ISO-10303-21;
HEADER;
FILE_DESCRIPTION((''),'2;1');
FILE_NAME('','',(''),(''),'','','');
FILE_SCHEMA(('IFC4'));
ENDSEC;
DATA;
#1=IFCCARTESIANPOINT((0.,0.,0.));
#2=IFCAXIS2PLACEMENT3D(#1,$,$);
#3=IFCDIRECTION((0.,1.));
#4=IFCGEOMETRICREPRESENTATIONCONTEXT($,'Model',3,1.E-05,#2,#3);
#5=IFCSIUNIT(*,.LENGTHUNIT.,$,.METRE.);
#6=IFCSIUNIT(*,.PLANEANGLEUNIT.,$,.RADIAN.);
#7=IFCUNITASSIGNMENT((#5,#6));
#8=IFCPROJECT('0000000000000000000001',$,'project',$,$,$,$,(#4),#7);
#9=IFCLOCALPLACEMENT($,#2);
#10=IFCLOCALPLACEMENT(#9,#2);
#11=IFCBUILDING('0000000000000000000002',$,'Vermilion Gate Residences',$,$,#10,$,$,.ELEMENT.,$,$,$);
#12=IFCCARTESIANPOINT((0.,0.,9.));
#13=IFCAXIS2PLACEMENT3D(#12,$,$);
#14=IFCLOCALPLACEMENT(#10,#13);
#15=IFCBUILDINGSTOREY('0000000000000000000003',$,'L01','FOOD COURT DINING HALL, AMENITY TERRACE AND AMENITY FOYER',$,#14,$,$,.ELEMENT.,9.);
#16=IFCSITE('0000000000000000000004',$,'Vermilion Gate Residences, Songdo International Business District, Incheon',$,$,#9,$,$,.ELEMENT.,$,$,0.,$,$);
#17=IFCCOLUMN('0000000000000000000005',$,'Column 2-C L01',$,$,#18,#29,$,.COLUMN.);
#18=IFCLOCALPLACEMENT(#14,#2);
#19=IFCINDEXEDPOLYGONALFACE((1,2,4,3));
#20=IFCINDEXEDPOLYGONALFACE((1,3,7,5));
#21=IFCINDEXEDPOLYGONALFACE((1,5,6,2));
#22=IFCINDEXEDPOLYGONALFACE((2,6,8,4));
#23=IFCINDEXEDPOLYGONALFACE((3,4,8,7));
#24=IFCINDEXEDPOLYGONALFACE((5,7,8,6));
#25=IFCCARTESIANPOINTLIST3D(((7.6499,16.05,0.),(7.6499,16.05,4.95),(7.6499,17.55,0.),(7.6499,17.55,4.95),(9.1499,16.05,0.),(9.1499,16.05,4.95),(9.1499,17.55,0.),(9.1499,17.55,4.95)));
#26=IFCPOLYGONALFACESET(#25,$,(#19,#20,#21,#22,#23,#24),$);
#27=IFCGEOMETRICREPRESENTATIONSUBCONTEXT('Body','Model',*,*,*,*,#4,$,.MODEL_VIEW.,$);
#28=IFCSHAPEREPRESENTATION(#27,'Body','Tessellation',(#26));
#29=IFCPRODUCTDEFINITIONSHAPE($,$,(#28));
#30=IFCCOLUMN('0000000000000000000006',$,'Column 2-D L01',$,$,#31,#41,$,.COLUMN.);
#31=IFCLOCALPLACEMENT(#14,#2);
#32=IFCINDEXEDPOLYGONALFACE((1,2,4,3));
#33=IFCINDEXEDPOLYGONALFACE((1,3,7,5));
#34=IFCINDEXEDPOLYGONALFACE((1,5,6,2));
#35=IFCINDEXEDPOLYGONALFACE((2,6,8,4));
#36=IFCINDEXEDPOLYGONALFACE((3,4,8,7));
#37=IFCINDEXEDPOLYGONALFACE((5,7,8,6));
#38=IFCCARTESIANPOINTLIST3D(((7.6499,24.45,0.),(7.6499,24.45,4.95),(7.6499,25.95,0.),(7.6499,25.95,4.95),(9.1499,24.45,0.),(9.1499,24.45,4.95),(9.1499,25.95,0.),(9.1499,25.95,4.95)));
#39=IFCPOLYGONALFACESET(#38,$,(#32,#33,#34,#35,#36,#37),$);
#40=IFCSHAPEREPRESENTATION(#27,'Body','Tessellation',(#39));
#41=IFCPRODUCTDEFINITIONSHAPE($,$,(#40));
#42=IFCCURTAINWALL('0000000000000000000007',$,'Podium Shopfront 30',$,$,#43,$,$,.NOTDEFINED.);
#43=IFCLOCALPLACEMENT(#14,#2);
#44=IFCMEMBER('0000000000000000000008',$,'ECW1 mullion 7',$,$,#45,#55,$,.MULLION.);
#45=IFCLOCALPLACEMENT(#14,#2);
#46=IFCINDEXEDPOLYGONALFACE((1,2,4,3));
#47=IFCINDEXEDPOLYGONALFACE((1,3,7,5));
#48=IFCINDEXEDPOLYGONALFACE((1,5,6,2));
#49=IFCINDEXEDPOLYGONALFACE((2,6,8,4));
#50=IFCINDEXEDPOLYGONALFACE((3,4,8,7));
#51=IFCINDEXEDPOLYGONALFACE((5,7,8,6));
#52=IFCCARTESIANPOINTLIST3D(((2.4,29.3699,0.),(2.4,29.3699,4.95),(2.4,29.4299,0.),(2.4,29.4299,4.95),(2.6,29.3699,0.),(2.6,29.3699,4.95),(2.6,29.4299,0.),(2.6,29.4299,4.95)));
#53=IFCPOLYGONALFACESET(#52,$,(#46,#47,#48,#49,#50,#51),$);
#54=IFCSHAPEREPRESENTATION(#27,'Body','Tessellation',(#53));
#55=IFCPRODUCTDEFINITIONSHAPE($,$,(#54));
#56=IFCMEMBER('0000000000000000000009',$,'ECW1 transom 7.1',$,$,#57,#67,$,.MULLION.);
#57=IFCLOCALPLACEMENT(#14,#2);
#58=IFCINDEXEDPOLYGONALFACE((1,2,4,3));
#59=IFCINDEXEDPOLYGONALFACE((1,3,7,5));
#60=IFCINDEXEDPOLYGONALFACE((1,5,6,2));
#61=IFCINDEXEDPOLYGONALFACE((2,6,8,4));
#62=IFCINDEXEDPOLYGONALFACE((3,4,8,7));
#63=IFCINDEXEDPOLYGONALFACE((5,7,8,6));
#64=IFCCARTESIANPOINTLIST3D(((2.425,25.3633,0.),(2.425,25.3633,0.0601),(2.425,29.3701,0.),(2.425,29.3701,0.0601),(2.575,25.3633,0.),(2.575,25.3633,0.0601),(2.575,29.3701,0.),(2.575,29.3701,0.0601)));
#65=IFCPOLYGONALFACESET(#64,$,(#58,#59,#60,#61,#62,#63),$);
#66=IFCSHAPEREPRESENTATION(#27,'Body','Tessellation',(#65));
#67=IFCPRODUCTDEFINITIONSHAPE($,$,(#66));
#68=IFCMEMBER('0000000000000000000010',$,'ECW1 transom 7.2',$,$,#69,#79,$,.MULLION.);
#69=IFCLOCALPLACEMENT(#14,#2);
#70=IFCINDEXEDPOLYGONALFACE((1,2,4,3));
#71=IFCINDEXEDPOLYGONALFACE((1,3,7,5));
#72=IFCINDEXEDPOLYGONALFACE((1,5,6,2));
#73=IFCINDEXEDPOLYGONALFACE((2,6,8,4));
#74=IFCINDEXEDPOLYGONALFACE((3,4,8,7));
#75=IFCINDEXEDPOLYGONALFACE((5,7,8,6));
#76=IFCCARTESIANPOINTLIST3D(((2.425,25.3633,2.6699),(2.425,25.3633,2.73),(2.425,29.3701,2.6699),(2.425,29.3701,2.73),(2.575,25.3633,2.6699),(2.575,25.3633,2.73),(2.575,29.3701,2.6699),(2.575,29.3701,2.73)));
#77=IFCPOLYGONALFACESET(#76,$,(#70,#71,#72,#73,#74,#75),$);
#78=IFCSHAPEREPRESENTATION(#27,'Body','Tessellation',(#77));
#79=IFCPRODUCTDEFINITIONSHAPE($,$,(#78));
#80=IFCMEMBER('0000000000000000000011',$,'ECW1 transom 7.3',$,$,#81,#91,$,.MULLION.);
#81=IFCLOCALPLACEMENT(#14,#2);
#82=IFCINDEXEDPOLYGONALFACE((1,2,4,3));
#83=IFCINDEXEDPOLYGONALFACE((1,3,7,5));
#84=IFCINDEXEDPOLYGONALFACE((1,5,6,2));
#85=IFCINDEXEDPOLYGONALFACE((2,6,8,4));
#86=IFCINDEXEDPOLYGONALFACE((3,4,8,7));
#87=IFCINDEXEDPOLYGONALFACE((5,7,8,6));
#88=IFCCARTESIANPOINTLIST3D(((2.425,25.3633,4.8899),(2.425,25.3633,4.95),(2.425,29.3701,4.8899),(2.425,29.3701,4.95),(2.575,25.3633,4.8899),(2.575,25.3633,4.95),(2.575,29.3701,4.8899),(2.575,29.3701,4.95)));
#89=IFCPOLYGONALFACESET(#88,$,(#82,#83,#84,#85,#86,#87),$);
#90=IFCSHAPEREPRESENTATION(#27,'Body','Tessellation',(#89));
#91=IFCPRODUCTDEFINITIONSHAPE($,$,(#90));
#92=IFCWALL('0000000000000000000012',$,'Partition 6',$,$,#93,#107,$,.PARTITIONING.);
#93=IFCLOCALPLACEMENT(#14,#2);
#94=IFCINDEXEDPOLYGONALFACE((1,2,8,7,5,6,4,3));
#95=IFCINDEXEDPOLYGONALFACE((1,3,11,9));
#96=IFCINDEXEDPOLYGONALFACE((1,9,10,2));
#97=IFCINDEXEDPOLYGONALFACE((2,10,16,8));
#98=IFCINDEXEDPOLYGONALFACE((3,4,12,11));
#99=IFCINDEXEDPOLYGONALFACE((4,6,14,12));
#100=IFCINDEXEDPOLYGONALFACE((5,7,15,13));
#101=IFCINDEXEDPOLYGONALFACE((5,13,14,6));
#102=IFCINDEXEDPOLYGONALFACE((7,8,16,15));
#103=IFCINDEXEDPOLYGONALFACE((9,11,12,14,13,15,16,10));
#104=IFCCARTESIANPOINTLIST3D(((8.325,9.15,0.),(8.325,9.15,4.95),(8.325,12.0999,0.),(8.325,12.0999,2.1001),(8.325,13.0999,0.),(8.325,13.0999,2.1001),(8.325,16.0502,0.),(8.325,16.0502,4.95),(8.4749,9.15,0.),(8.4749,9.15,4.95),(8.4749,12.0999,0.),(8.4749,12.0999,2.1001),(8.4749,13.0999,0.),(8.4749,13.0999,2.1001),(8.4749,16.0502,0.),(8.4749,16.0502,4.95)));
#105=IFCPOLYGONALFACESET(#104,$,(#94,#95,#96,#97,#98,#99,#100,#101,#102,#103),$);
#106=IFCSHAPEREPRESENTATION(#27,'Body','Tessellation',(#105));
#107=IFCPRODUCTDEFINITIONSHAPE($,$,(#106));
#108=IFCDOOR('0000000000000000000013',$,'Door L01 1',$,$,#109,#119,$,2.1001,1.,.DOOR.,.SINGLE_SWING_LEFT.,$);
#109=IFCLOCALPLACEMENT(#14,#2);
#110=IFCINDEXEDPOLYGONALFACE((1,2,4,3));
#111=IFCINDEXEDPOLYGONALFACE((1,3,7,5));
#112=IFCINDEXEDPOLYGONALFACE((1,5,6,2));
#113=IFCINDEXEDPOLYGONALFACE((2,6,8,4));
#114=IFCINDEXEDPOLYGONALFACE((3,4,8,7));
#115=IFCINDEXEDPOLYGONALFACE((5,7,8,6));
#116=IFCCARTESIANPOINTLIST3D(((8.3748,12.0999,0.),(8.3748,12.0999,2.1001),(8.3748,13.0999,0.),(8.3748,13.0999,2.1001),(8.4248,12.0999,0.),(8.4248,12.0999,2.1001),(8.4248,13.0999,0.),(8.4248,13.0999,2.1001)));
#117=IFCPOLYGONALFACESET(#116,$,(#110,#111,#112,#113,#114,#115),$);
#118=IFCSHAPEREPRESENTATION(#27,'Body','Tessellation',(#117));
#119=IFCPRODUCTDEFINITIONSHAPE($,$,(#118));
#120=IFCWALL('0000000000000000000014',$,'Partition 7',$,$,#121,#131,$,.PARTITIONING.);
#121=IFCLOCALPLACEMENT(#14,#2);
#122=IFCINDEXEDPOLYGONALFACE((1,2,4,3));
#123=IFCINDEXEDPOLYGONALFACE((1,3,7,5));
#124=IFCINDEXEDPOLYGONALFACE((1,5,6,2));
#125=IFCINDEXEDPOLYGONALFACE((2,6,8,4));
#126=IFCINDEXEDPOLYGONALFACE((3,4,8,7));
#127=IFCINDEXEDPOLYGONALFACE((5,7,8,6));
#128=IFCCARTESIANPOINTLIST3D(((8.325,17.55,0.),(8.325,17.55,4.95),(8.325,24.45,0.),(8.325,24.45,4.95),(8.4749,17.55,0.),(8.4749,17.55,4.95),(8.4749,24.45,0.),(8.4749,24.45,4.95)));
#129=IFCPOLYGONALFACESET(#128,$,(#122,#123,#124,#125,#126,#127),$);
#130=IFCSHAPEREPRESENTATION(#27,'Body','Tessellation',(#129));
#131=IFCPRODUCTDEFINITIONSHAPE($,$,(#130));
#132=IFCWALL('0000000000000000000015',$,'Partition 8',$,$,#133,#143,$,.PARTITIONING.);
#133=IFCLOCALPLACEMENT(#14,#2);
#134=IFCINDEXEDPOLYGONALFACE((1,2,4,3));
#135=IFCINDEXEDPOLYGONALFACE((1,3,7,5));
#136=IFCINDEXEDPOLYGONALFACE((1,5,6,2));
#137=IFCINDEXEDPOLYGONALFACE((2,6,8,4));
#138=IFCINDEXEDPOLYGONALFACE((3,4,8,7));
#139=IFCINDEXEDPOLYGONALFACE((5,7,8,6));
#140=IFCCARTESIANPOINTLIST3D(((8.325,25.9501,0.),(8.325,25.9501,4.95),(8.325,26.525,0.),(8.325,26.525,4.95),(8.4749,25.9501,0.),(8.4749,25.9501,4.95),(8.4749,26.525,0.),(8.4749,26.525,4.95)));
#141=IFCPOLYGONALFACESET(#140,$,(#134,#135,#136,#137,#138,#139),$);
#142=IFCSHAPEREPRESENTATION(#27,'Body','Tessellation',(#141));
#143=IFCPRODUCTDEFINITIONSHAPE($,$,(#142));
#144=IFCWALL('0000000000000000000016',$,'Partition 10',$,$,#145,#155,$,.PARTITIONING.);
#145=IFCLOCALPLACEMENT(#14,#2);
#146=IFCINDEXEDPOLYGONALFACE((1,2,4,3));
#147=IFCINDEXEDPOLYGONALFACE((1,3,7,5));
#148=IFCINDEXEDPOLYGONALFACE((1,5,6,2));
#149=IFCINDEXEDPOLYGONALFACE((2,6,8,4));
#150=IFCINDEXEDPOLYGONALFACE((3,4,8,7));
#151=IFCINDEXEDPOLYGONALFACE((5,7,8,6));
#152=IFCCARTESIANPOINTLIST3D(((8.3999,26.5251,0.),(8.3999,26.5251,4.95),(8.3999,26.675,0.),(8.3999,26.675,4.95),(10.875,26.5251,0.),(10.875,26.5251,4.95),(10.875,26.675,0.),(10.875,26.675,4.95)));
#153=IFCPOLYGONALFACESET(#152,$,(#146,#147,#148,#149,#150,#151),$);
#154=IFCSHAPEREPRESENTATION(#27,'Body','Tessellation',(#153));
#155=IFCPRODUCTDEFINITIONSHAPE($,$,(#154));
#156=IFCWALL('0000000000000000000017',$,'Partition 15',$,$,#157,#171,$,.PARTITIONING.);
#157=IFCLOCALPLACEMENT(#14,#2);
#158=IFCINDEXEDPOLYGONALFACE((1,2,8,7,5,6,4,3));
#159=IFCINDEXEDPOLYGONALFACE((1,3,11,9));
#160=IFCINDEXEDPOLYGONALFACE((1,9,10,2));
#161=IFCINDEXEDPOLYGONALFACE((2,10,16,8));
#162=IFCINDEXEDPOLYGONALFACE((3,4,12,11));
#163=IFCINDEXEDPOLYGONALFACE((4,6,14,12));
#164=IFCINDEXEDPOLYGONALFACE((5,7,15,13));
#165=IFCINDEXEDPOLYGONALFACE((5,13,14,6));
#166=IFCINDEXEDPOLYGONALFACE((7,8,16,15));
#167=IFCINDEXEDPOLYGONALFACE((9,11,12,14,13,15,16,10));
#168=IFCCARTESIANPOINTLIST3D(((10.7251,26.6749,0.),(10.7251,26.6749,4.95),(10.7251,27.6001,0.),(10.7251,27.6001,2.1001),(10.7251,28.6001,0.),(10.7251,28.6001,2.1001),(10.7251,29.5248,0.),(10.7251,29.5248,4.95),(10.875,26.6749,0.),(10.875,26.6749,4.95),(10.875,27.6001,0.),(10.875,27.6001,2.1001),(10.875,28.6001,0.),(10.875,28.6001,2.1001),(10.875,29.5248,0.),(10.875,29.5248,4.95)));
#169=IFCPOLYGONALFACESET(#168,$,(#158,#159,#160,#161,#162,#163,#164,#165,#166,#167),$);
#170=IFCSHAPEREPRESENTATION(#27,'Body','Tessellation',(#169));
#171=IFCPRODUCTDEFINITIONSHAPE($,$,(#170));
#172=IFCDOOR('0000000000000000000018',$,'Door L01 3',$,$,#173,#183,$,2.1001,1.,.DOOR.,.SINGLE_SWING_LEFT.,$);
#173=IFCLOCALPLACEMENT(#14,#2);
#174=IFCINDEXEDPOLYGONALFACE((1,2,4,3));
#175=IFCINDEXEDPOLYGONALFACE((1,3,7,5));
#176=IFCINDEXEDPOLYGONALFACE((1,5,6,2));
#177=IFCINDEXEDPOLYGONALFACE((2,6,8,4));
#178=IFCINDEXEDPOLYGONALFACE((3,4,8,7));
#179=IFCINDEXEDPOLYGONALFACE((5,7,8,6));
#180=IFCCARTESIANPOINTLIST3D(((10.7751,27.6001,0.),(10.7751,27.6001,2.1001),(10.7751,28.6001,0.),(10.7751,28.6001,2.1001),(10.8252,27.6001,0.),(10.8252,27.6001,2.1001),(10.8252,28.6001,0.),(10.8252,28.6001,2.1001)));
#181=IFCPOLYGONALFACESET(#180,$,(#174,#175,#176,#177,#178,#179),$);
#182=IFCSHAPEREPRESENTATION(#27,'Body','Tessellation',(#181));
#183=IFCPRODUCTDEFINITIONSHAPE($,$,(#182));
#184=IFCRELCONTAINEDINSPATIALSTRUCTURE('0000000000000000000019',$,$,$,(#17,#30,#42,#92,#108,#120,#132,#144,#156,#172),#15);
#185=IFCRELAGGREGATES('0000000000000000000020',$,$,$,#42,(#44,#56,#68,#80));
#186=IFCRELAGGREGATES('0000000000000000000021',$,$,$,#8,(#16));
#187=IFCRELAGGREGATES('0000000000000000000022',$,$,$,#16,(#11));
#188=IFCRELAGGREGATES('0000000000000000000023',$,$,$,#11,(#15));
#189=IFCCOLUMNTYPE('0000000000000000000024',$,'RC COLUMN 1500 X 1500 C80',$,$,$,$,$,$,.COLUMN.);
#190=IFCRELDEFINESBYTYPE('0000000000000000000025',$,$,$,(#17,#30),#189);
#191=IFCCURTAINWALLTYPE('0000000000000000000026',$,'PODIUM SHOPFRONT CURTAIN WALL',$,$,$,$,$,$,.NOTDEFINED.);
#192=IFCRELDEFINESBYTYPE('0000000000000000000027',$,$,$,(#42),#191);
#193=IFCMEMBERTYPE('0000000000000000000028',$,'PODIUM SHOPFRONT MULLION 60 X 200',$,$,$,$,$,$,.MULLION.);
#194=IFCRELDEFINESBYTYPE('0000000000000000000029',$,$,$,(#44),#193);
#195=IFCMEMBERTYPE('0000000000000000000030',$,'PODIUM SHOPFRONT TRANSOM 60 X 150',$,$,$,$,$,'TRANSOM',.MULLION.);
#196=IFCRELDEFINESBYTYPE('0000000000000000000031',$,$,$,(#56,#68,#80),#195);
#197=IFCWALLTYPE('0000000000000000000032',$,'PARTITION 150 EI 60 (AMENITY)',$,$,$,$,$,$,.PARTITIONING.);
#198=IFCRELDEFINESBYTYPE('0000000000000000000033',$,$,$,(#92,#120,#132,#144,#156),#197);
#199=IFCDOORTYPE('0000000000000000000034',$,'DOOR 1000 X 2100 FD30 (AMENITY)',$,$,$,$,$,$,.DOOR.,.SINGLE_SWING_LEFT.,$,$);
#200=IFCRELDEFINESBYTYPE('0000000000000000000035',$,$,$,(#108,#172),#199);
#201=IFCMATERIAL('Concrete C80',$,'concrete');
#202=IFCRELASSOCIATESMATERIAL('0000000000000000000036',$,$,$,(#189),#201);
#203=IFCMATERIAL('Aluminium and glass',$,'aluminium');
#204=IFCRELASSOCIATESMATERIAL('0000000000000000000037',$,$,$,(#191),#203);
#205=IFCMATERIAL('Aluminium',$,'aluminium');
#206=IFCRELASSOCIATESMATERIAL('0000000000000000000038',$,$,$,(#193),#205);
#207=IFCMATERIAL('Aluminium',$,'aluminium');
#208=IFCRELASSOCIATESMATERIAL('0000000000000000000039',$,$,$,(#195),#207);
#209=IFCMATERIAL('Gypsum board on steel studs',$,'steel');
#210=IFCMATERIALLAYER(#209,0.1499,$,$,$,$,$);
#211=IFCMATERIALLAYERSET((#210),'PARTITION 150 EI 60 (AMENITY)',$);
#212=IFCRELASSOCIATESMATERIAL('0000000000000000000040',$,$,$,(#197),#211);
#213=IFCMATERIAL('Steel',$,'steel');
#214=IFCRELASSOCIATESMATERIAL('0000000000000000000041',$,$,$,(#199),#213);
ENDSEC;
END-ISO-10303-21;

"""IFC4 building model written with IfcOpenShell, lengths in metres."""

from ifc_helpers import new_model, si_unit, direction, frame, frame_2d, origin, origin_2d, place, context, subcontext, project, spatial, rectangle, extrude, material, layer, layer_set, material_profile, profile_set, type_object, element, fill, aggregate, save


model = new_model("IFC4")

# Units and contexts
model_context = context("Model", 3, precision=1e-05, world=origin(), true_north=direction((0.0, 1.0)))
body_context = subcontext(model_context, "Body", "Model", "MODEL_VIEW")
ifc_project = project(units=[si_unit("LENGTHUNIT", "METRE"), si_unit("PLANEANGLEUNIT", "RADIAN")], contexts=[model_context])

# Site, building, storey
site_placement = place(None, origin())
site = spatial("IfcSite", under=ifc_project, at=site_placement, Name="Vermilion Gate Residences, Songdo International Business District, Incheon", CompositionType="ELEMENT", RefElevation=0.0)
building_placement = place(site_placement, origin())
building = spatial("IfcBuilding", under=site, at=building_placement, Name="Vermilion Gate Residences", CompositionType="ELEMENT")
storey_placement = place(building_placement, frame((0.0, 0.0, 9.0)))
storey = spatial("IfcBuildingStorey", under=building, at=storey_placement, Name="L01", Description="FOOD COURT DINING HALL, AMENITY TERRACE AND AMENITY FOYER", CompositionType="ELEMENT", Elevation=9.0)

# Columns
ifc_material_1 = material(Name="Concrete C80", Category="concrete")
ifc_material_profile_1 = material_profile(ifc_material_1, rectangle(XDim=1.5, YDim=1.5, at=origin_2d()), Name="RC-1500x1500")
ifc_profile_set_1 = profile_set([ifc_material_profile_1], Name="Concrete C80")
column_type = type_object("IfcColumnType", Name="RC COLUMN 1500 X 1500 C80", PredefinedType="COLUMN", material=ifc_profile_set_1)
for number, where, z_axis, x_axis, name in (
    (1, (8.3999, 16.8, 0.0), (0.0, 0.0, 1.0), (1.0, 0.0, 0.0), "Column 2-C L01"),
    (2, (8.3999, 25.2, 0.0), (0.0, 0.0, 1.0), (1.0, 0.0, 0.0), "Column 2-D L01"),
):
    element("IfcColumn", number, at=place(storey_placement, frame(where, z_axis=z_axis, x_axis=x_axis)), inside=storey, type_object=column_type, Name=name, PredefinedType="COLUMN", context=body_context, shape_type="SweptSolid", body=[
        extrude(rectangle(XDim=1.5, YDim=1.5, at=origin_2d()), origin(), (0.0, 0.0, 1.0), 4.95),
    ])

# Curtain wall, members
ifc_material_2 = material(Name="Aluminium and glass", Category="aluminium")
curtain_wall_type = type_object("IfcCurtainWallType", Name="PODIUM SHOPFRONT CURTAIN WALL", PredefinedType="NOTDEFINED", material=ifc_material_2)
curtain_wall_placement = place(storey_placement, origin())
curtain_wall = element("IfcCurtainWall", 3, at=curtain_wall_placement, inside=storey, type_object=curtain_wall_type, Name="Podium Shopfront 30", PredefinedType="NOTDEFINED")
ifc_material_3 = material(Name="Aluminium", Category="aluminium")
ifc_material_profile_2 = material_profile(ifc_material_3, rectangle(XDim=0.2, YDim=0.0601, at=origin_2d()), Name="MULLION 60 X 200")
ifc_profile_set_2 = profile_set([ifc_material_profile_2], Name="Aluminium")
member_type_1 = type_object("IfcMemberType", Name="PODIUM SHOPFRONT MULLION 60 X 200", PredefinedType="MULLION", material=ifc_profile_set_2)
member_1_placement = place(storey_placement, frame((2.5, 29.3999, 0.0), z_axis=(0.0, 0.0, 1.0), x_axis=(1.0, 0.0, 0.0)))
member_1 = element("IfcMember", 4, at=member_1_placement, type_object=member_type_1, Name="ECW1 mullion 7", PredefinedType="MULLION", context=body_context, shape_type="SweptSolid", body=[
    extrude(rectangle(XDim=0.2, YDim=0.0601, at=origin_2d()), origin(), (0.0, 0.0, 1.0), 4.95),
])
ifc_material_4 = material(Name="Aluminium", Category="aluminium")
ifc_material_profile_3 = material_profile(ifc_material_4, rectangle(XDim=0.1499, YDim=0.0601, at=origin_2d()), Name="TRANSOM 60 X 150")
ifc_profile_set_3 = profile_set([ifc_material_profile_3], Name="Aluminium")
member_type_2 = type_object("IfcMemberType", Name="PODIUM SHOPFRONT TRANSOM 60 X 150", ElementType="TRANSOM", PredefinedType="MULLION", material=ifc_profile_set_3)
member_2_placement = place(storey_placement, frame((2.5, 29.3701, 0.03), z_axis=(0.0, -1.0, 0.0), x_axis=(1.0, 0.0, 0.0)))
member_2 = element("IfcMember", 5, at=member_2_placement, type_object=member_type_2, Name="ECW1 transom 7.1", PredefinedType="MULLION", context=body_context, shape_type="SweptSolid", body=[
    extrude(rectangle(XDim=0.1499, YDim=0.0601, at=origin_2d()), origin(), (0.0, 0.0, 1.0), 4.0068),
])
member_3_placement = place(storey_placement, frame((2.5, 29.3701, 2.7), z_axis=(0.0, -1.0, 0.0), x_axis=(1.0, 0.0, 0.0)))
member_3 = element("IfcMember", 6, at=member_3_placement, type_object=member_type_2, Name="ECW1 transom 7.2", PredefinedType="MULLION", context=body_context, shape_type="SweptSolid", body=[
    extrude(rectangle(XDim=0.1499, YDim=0.0601, at=origin_2d()), origin(), (0.0, 0.0, 1.0), 4.0068),
])
member_4_placement = place(storey_placement, frame((2.5, 29.3701, 4.9199), z_axis=(0.0, -1.0, 0.0), x_axis=(1.0, 0.0, 0.0)))
member_4 = element("IfcMember", 7, at=member_4_placement, type_object=member_type_2, Name="ECW1 transom 7.3", PredefinedType="MULLION", context=body_context, shape_type="SweptSolid", body=[
    extrude(rectangle(XDim=0.1499, YDim=0.0601, at=origin_2d()), origin(), (0.0, 0.0, 1.0), 4.0068),
])
aggregate(curtain_wall, [member_1, member_2, member_3, member_4])

# Wall, opening, door
ifc_material_5 = material(Name="Gypsum board on steel studs", Category="steel")
ifc_layer_1 = layer(ifc_material_5, 0.1499)
ifc_layer_set_1 = layer_set([ifc_layer_1], Name="PARTITION 150 EI 60 (AMENITY)")
wall_type_1 = type_object("IfcWallType", Name="PARTITION 150 EI 60 (AMENITY)", PredefinedType="PARTITIONING", material=ifc_layer_set_1)
wall_1_placement = place(storey_placement, frame((8.3999, 9.1499, 0.0), z_axis=(0.0, 0.0, 1.0), x_axis=(0.0, 1.0, 0.0)))
wall_1 = element("IfcWall", 8, at=wall_1_placement, inside=storey, type_object=wall_type_1, Name="Partition 6", PredefinedType="PARTITIONING", context=body_context, shape_type="SweptSolid", body=[
    extrude(rectangle(XDim=6.9001, YDim=0.1499, at=frame_2d((3.4502, 0.0))), origin(), (0.0, 0.0, 1.0), 4.95),
])
opening_1_placement = place(wall_1_placement, frame((2.95, 0.0, 0.0)))
opening_1 = element("IfcOpeningElement", 9, at=opening_1_placement, cuts=wall_1, PredefinedType="OPENING", context=body_context, shape_type="SweptSolid", body=[
    extrude(rectangle(XDim=1.0, YDim=2.1001, at=frame_2d((0.5, 1.05))), frame((0.0, 0.085, 0.0), z_axis=(0.0, -1.0, 0.0), x_axis=(1.0, 0.0, 0.0)), (0.0, 0.0, 1.0), 0.1699),
])
ifc_material_6 = material(Name="Steel", Category="steel")
door_type = type_object("IfcDoorType", Name="DOOR 1000 X 2100 FD30 (AMENITY)", OperationType="SINGLE_SWING_LEFT", PredefinedType="DOOR", material=ifc_material_6)
door_1_placement = place(opening_1_placement, frame((1.0, 0.0, 0.0), z_axis=(0.0, 0.0, 1.0), x_axis=(-1.0, 0.0, 0.0)))
door_1 = element("IfcDoor", 10, at=door_1_placement, inside=storey, type_object=door_type, Name="Door L01 1", OperationType="SINGLE_SWING_LEFT", OverallHeight=2.1001, OverallWidth=1.0, PredefinedType="DOOR", context=body_context, shape_type="SweptSolid", body=[
    extrude(rectangle(XDim=1.0, YDim=2.1001, at=frame_2d((0.5, 1.05))), frame((0.0, 0.0249, 0.0), z_axis=(0.0, -1.0, 0.0), x_axis=(1.0, 0.0, 0.0)), (0.0, 0.0, 1.0), 0.05),
])
fill(opening_1, door_1)

# Walls
wall_2_placement = place(storey_placement, frame((8.3999, 17.55, 0.0), z_axis=(0.0, 0.0, 1.0), x_axis=(0.0, 1.0, 0.0)))
element("IfcWall", 11, at=wall_2_placement, inside=storey, type_object=wall_type_1, Name="Partition 7", PredefinedType="PARTITIONING", context=body_context, shape_type="SweptSolid", body=[
    extrude(rectangle(XDim=6.8999, YDim=0.1499, at=frame_2d((3.45, 0.0))), origin(), (0.0, 0.0, 1.0), 4.95),
])
wall_3_placement = place(storey_placement, frame((8.3999, 25.95, 0.0), z_axis=(0.0, 0.0, 1.0), x_axis=(0.0, 1.0, 0.0)))
element("IfcWall", 12, at=wall_3_placement, inside=storey, type_object=wall_type_1, Name="Partition 8", PredefinedType="PARTITIONING", context=body_context, shape_type="SweptSolid", body=[
    extrude(rectangle(XDim=0.575, YDim=0.1499, at=frame_2d((0.2876, 0.0))), origin(), (0.0, 0.0, 1.0), 4.95),
])
wall_4_placement = place(storey_placement, frame((8.3999, 26.6001, 0.0), z_axis=(0.0, 0.0, 1.0), x_axis=(1.0, 0.0, 0.0)))
element("IfcWall", 13, at=wall_4_placement, inside=storey, type_object=wall_type_1, Name="Partition 10", PredefinedType="PARTITIONING", context=body_context, shape_type="SweptSolid", body=[
    extrude(rectangle(XDim=2.4751, YDim=0.1499, at=frame_2d((1.2375, 0.0))), origin(), (0.0, 0.0, 1.0), 4.95),
])

# Wall, opening, door
wall_5_placement = place(storey_placement, frame((10.8, 26.675, 0.0), z_axis=(0.0, 0.0, 1.0), x_axis=(0.0, 1.0, 0.0)))
wall_5 = element("IfcWall", 14, at=wall_5_placement, inside=storey, type_object=wall_type_1, Name="Partition 15", PredefinedType="PARTITIONING", context=body_context, shape_type="SweptSolid", body=[
    extrude(rectangle(XDim=2.8499, YDim=0.1499, at=frame_2d((1.4248, 0.0))), origin(), (0.0, 0.0, 1.0), 4.95),
])
opening_2_placement = place(wall_5_placement, frame((0.925, 0.0, 0.0)))
opening_2 = element("IfcOpeningElement", 15, at=opening_2_placement, cuts=wall_5, PredefinedType="OPENING", context=body_context, shape_type="SweptSolid", body=[
    extrude(rectangle(XDim=1.0, YDim=2.1001, at=frame_2d((0.5, 1.05))), frame((0.0, 0.085, 0.0), z_axis=(0.0, -1.0, 0.0), x_axis=(1.0, 0.0, 0.0)), (0.0, 0.0, 1.0), 0.1699),
])
door_2_placement = place(opening_2_placement, origin())
door_2 = element("IfcDoor", 16, at=door_2_placement, inside=storey, type_object=door_type, Name="Door L01 3", OperationType="SINGLE_SWING_LEFT", OverallHeight=2.1001, OverallWidth=1.0, PredefinedType="DOOR", context=body_context, shape_type="SweptSolid", body=[
    extrude(rectangle(XDim=1.0, YDim=2.1001, at=frame_2d((0.5, 1.05))), frame((0.0, 0.0249, 0.0), z_axis=(0.0, -1.0, 0.0), x_axis=(1.0, 0.0, 0.0)), (0.0, 0.0, 1.0), 0.05),
])
fill(opening_2, door_2)

save(model, "model.ifc")
